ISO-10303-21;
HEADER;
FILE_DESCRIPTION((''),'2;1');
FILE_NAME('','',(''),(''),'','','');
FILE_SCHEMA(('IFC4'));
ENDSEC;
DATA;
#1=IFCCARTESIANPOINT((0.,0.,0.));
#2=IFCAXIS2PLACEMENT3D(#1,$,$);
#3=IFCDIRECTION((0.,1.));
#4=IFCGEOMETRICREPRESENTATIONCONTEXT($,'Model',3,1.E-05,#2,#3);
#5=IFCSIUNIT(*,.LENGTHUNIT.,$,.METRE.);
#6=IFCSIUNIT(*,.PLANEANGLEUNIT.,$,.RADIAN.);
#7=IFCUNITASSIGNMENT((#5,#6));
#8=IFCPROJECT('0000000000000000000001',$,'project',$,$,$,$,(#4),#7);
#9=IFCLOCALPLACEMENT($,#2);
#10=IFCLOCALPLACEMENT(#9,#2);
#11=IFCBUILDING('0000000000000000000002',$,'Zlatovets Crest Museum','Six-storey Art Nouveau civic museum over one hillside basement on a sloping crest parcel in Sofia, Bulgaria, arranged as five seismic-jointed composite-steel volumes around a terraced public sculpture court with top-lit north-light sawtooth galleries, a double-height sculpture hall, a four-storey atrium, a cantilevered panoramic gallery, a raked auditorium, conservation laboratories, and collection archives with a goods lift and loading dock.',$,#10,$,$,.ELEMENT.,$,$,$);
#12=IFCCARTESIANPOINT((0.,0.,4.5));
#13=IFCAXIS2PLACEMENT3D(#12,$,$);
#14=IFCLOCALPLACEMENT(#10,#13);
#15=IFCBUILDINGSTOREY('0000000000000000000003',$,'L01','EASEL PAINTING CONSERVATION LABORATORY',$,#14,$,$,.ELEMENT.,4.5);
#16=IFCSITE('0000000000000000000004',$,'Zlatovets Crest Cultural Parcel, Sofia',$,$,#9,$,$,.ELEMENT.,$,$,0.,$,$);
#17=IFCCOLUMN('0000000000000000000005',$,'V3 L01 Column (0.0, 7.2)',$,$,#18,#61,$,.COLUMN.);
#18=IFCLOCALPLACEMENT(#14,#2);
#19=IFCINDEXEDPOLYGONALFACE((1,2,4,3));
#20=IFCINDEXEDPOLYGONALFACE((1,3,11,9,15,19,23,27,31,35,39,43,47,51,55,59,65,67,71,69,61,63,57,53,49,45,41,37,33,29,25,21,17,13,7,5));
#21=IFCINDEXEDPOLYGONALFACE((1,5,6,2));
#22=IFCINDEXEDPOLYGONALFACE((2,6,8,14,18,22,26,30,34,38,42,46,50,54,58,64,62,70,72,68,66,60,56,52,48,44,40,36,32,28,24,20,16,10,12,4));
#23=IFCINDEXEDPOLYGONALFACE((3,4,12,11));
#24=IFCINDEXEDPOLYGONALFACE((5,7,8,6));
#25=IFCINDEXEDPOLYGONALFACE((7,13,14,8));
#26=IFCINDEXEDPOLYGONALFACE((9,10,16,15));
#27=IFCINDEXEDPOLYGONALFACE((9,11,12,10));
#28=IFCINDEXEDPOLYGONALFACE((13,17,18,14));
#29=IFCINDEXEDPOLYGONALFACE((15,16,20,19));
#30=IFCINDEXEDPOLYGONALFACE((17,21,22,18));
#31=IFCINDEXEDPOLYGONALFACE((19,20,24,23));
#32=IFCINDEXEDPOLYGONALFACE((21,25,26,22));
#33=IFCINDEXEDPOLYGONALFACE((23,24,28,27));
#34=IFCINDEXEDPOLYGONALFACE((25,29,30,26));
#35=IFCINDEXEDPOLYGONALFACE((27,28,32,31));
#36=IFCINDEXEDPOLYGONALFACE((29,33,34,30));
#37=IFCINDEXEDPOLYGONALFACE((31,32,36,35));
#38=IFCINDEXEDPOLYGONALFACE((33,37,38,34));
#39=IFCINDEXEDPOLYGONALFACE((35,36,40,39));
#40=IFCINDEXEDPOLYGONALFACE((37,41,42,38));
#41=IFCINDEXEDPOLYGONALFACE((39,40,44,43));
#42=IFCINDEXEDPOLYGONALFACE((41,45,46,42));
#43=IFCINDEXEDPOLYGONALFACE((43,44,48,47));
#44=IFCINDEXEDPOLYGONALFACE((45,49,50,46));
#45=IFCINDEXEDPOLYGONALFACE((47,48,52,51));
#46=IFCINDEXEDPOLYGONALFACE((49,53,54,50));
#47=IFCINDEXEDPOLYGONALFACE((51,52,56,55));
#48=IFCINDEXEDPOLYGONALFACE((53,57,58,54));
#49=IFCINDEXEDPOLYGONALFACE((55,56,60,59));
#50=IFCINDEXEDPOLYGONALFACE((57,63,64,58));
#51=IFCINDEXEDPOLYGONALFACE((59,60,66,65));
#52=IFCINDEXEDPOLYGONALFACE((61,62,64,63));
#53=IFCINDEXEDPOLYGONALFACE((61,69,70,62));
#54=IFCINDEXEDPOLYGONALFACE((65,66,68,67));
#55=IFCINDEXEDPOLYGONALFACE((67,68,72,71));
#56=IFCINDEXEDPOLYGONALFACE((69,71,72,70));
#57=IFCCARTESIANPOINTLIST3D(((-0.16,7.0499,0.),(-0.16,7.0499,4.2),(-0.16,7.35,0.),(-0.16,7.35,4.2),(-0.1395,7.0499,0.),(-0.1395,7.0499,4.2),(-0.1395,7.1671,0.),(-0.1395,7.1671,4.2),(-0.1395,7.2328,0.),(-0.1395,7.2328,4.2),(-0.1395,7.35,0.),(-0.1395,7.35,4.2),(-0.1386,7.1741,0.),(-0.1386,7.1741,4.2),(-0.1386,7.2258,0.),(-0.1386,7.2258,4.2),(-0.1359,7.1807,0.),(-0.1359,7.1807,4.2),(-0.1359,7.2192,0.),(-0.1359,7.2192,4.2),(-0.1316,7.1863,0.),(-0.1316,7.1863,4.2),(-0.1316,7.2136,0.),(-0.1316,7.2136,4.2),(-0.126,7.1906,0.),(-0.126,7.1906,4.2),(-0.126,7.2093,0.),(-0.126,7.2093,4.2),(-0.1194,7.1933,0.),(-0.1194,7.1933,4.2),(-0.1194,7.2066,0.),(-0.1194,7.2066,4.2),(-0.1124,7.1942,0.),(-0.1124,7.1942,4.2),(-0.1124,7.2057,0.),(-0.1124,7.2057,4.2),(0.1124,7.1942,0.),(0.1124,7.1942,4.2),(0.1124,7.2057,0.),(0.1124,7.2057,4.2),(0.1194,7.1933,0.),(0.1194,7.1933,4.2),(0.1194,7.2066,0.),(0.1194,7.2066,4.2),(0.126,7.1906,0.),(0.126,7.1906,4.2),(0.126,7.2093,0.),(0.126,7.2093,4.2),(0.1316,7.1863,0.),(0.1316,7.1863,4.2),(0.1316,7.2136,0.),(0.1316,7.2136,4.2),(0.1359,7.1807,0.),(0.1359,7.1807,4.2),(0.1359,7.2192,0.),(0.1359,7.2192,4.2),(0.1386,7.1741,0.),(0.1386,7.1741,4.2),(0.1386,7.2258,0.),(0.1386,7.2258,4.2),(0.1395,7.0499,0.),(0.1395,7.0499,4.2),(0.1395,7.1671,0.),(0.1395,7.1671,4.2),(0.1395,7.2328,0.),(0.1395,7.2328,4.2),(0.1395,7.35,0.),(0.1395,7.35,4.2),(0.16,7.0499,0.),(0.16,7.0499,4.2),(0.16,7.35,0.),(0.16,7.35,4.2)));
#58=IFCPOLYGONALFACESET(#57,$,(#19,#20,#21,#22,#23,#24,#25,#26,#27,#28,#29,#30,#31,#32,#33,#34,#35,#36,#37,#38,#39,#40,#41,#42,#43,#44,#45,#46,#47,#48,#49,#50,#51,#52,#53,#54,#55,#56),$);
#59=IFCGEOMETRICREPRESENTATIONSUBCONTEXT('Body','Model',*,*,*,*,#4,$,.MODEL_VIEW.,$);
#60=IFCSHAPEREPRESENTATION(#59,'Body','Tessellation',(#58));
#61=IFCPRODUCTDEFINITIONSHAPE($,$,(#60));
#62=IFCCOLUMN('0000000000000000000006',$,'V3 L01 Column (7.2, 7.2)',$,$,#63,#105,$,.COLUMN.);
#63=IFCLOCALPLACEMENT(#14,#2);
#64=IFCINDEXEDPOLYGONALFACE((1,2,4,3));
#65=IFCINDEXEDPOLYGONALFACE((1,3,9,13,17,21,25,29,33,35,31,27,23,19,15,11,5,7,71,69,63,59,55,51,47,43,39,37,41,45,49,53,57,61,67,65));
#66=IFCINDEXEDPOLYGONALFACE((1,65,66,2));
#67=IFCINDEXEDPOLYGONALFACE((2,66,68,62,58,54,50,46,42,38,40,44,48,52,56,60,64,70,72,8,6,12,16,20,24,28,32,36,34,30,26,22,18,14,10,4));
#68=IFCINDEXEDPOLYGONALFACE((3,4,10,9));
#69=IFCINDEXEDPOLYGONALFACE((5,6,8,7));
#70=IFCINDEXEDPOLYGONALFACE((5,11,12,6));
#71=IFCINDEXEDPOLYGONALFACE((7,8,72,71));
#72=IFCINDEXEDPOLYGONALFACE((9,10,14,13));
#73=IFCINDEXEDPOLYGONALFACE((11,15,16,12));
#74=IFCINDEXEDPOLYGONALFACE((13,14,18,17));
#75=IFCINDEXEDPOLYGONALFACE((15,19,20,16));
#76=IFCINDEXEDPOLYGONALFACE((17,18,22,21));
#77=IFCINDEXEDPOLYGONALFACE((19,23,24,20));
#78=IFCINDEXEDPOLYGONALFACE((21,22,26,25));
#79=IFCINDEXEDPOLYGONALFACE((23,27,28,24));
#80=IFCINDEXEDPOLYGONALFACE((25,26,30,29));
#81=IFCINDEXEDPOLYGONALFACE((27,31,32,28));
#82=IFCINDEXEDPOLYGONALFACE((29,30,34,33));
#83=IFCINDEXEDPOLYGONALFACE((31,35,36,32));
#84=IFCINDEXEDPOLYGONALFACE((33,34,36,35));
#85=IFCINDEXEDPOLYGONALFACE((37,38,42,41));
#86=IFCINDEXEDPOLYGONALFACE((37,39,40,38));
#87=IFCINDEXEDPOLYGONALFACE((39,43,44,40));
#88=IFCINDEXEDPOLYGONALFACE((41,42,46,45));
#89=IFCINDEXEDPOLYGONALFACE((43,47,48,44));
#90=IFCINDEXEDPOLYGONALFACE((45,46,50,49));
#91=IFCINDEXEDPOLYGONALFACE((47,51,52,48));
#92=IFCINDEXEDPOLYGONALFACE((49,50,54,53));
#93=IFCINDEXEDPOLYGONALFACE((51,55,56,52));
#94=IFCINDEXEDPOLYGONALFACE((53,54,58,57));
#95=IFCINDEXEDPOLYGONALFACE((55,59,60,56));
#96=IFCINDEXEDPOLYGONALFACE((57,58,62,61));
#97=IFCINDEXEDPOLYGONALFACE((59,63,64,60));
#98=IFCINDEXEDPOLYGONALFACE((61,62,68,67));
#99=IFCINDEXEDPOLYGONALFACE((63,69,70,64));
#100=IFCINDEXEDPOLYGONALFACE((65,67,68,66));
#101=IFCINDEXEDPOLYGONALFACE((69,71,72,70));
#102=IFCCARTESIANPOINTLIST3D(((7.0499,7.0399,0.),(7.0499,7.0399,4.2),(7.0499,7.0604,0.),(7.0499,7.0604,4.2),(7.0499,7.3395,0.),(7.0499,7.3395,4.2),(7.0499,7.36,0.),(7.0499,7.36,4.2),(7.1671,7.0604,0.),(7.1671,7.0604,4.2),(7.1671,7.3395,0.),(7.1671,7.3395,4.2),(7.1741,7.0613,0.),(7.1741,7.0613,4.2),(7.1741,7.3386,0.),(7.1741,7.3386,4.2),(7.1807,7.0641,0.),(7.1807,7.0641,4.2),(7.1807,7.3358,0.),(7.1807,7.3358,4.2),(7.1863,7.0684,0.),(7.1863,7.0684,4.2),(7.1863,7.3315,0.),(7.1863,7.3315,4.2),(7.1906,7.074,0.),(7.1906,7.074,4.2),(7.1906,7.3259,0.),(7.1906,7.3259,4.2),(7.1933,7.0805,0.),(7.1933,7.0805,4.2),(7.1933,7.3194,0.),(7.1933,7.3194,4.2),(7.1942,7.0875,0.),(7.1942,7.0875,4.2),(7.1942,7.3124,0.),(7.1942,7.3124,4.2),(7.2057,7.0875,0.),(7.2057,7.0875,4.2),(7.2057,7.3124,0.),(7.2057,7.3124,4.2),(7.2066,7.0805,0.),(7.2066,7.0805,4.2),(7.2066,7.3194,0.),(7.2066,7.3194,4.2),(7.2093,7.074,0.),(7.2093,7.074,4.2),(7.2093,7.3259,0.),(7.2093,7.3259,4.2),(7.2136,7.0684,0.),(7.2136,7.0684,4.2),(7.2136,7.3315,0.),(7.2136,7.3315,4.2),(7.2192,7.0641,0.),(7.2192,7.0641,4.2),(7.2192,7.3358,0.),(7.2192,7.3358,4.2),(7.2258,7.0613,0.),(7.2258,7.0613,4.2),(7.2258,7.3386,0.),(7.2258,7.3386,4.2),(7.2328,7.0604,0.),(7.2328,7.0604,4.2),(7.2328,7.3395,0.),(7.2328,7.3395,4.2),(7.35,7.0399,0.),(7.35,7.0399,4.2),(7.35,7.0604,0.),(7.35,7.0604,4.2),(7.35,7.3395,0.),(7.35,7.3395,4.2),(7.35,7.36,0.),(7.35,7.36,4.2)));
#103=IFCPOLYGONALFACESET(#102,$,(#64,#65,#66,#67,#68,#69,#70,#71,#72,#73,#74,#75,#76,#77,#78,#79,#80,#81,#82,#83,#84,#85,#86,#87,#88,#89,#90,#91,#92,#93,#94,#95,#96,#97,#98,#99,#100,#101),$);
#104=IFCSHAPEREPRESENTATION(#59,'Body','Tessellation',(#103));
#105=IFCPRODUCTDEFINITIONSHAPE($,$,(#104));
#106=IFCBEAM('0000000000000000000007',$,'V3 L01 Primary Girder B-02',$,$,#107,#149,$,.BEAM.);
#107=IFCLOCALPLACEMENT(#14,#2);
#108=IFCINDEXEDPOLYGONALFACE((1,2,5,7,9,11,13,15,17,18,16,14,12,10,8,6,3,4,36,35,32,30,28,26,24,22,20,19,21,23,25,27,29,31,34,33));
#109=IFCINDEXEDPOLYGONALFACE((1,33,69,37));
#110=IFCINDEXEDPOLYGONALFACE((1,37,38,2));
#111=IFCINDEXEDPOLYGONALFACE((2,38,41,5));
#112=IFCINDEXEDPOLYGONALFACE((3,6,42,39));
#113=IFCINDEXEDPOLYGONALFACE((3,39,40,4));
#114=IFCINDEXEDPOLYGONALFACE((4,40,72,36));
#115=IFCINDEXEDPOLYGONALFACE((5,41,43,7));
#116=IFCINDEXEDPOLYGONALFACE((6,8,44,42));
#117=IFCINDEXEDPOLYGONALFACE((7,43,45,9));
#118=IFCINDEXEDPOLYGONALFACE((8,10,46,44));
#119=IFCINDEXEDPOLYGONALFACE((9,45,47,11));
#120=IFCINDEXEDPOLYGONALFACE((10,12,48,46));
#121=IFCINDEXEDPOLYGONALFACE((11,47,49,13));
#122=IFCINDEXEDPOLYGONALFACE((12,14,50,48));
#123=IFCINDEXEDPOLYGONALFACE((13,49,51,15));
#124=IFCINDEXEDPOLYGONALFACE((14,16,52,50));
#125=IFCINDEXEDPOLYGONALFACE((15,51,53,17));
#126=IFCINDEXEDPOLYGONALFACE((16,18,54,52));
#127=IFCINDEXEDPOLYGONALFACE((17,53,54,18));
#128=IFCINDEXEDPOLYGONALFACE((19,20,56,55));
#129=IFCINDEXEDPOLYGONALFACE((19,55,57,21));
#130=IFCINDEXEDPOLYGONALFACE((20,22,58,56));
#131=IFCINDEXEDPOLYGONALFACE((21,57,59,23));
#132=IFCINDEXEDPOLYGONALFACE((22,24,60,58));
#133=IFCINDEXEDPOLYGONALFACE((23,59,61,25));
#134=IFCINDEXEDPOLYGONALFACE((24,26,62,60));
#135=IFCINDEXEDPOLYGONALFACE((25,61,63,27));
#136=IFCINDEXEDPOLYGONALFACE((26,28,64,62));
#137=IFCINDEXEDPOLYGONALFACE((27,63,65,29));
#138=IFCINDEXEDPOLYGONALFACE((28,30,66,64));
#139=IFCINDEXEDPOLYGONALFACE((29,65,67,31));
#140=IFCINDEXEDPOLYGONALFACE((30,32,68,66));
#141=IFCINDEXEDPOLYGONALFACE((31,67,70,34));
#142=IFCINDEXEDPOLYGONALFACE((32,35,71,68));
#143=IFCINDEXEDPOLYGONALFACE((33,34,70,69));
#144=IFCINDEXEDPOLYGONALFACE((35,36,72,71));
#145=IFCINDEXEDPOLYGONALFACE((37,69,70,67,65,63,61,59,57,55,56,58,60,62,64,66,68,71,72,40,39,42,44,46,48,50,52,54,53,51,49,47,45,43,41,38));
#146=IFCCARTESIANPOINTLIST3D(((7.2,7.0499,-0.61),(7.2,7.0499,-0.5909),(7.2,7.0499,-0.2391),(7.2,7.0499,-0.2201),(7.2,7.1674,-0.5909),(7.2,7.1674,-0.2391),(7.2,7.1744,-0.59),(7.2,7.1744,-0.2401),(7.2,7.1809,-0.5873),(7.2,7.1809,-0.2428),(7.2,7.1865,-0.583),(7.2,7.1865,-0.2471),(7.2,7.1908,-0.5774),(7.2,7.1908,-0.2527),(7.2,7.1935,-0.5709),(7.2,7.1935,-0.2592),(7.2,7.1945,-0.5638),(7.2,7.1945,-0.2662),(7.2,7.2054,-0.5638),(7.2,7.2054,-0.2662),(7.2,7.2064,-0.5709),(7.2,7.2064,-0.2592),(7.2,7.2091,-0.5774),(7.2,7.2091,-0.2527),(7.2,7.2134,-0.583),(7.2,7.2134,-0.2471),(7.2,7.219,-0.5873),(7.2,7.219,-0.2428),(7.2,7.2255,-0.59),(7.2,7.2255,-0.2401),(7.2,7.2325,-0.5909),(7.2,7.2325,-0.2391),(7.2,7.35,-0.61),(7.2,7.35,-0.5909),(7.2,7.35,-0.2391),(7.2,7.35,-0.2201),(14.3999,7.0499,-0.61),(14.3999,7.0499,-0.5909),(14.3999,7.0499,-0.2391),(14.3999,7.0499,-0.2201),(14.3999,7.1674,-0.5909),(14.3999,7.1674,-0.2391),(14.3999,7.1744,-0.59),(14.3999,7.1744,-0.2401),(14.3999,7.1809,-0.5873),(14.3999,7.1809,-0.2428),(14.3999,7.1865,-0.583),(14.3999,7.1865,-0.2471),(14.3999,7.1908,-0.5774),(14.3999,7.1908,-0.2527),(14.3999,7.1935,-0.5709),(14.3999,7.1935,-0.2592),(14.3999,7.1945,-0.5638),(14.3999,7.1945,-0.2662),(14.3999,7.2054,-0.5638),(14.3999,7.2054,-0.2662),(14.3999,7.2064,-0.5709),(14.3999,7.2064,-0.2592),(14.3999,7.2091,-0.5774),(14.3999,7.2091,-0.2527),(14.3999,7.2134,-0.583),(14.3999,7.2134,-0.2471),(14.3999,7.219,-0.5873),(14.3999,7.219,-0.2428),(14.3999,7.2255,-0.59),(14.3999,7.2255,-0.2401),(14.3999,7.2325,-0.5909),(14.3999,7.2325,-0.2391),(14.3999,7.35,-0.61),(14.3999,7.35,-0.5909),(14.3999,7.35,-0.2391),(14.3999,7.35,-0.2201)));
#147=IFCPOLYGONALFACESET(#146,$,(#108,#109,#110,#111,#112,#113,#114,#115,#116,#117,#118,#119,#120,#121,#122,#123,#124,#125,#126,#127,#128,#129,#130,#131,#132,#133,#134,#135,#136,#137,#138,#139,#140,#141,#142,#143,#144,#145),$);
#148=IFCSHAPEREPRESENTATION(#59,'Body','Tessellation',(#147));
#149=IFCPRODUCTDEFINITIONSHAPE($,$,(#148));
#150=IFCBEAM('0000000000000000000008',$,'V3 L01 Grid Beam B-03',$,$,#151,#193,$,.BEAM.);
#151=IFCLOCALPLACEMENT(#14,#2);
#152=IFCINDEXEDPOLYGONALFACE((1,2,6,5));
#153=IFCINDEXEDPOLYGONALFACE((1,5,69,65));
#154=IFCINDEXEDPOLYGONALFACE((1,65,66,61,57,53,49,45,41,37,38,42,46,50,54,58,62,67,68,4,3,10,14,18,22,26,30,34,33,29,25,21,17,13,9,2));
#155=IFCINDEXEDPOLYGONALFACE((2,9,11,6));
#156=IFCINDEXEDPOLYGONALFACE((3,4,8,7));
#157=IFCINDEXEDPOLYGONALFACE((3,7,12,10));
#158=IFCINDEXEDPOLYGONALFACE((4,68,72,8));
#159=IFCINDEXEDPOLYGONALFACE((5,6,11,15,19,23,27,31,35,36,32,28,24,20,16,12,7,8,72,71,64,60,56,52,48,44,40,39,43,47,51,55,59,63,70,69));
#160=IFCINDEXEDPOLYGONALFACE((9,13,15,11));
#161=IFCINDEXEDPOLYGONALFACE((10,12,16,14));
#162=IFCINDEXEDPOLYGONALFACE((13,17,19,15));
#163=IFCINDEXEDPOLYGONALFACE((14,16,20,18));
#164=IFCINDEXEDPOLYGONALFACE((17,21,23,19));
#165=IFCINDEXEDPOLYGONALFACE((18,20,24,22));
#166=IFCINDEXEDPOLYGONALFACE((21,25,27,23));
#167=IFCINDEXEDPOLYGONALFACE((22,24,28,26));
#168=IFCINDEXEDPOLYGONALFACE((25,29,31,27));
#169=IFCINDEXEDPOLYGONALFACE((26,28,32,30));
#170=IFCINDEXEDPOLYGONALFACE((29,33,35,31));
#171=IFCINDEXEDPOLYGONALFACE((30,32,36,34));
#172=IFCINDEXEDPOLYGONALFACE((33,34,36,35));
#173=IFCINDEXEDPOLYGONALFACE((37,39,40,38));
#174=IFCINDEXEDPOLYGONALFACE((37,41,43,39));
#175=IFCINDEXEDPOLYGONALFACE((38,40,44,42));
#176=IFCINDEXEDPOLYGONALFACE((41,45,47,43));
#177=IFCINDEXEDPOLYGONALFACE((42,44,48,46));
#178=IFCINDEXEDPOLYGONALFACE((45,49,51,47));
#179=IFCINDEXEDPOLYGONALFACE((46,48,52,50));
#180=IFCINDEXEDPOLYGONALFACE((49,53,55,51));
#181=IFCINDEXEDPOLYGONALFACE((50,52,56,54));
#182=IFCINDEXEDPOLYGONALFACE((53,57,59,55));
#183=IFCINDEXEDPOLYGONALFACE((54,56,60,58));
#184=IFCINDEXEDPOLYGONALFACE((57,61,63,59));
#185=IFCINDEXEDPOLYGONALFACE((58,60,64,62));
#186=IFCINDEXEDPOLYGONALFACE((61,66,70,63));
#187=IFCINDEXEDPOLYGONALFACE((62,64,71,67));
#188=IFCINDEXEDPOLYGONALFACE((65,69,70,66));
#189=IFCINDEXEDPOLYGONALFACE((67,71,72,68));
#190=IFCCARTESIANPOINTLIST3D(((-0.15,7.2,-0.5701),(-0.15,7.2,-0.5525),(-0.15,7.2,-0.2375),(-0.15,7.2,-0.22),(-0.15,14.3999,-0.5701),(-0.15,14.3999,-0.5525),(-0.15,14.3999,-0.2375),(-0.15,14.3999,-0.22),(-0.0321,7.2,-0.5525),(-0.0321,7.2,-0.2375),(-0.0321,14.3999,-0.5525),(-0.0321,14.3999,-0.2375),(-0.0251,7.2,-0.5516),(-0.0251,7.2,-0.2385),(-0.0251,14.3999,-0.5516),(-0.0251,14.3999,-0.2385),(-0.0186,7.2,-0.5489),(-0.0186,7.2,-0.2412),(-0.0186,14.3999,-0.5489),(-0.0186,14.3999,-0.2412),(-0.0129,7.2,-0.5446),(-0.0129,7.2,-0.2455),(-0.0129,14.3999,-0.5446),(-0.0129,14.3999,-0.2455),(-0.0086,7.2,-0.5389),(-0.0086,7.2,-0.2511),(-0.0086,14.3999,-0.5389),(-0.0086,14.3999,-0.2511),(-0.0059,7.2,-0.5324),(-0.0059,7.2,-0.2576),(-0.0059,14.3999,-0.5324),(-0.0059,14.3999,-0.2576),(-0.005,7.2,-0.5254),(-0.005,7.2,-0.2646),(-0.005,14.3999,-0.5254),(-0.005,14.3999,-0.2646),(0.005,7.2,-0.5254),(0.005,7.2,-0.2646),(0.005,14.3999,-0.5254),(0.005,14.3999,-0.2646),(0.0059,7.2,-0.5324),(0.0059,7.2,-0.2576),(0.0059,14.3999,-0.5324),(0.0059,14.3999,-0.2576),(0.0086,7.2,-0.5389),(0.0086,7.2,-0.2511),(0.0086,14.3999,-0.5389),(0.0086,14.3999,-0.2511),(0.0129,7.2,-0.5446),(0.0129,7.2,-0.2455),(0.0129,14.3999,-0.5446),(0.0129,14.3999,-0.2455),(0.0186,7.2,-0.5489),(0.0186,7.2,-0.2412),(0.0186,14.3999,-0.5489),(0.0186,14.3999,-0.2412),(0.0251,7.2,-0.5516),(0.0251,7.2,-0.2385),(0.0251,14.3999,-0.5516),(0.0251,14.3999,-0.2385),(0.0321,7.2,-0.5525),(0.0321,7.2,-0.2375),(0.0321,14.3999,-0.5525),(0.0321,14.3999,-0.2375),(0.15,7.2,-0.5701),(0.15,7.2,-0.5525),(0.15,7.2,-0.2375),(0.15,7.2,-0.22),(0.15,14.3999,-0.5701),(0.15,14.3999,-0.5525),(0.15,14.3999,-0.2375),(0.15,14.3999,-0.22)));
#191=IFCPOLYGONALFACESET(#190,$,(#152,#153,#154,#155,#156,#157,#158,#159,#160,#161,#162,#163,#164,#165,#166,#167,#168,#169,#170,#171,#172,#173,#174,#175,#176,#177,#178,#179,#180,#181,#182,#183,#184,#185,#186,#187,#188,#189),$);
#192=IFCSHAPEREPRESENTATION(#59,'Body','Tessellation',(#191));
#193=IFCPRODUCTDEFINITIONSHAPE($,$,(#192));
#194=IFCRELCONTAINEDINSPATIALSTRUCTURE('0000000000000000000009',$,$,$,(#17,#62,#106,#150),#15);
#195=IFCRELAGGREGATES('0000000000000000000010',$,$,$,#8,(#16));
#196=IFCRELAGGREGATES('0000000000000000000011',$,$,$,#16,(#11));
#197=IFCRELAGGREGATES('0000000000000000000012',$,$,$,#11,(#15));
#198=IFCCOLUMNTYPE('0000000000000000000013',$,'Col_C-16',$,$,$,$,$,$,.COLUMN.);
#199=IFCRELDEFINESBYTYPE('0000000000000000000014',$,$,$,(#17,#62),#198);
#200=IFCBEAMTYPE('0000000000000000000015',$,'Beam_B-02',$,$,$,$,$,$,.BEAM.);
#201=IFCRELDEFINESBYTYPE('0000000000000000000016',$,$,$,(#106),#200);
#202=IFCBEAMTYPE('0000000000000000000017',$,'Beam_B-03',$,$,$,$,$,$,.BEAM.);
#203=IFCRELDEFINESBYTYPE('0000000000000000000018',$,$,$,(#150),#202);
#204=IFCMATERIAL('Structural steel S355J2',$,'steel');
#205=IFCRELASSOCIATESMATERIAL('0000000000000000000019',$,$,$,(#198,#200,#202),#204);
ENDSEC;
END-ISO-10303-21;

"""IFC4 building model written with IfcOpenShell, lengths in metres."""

from ifc_helpers import new_model, si_unit, direction, frame, origin, origin_2d, place, context, subcontext, project, spatial, i_section, extrude, material, material_profile, profile_set, type_object, element, save


model = new_model("IFC4")

# Units and contexts
model_context = context("Model", 3, precision=1e-05, world=origin(), true_north=direction((0.0, 1.0)))
body_context = subcontext(model_context, "Body", "Model", "MODEL_VIEW")
ifc_project = project(units=[si_unit("LENGTHUNIT", "METRE"), si_unit("PLANEANGLEUNIT", "RADIAN")], contexts=[model_context])

# Site, building, storey
site_placement = place(None, origin())
site = spatial("IfcSite", under=ifc_project, at=site_placement, Name="Zlatovets Crest Cultural Parcel, Sofia", CompositionType="ELEMENT", RefElevation=0.0)
building_placement = place(site_placement, origin())
building = spatial("IfcBuilding", under=site, at=building_placement, Name="Zlatovets Crest Museum", Description="Six-storey Art Nouveau civic museum over one hillside basement on a sloping crest parcel in Sofia, Bulgaria, arranged as five seismic-jointed composite-steel volumes around a terraced public sculpture court with top-lit north-light sawtooth galleries, a double-height sculpture hall, a four-storey atrium, a cantilevered panoramic gallery, a raked auditorium, conservation laboratories, and collection archives with a goods lift and loading dock.", CompositionType="ELEMENT")
storey_placement = place(building_placement, frame((0.0, 0.0, 4.5)))
storey = spatial("IfcBuildingStorey", under=building, at=storey_placement, Name="L01", Description="EASEL PAINTING CONSERVATION LABORATORY", CompositionType="ELEMENT", Elevation=4.5)

# Columns
ifc_material_1 = material(Name="Structural steel S355J2", Category="steel")
ifc_material_profile_1 = material_profile(ifc_material_1, i_section(OverallWidth=0.3, OverallDepth=0.3201, WebThickness=0.0115, FlangeThickness=0.0205, FilletRadius=0.0271, at=origin_2d()), Name="HEB 320")
ifc_profile_set_1 = profile_set([ifc_material_profile_1], Name="Structural steel S355J2")
column_type = type_object("IfcColumnType", Name="Col_C-16", PredefinedType="COLUMN", material=ifc_profile_set_1)
for number, where, z_axis, x_axis, name in (
    (1, (0.0, 7.2, 0.0), (0.0, 0.0, 1.0), (0.0, 1.0, 0.0), "V3 L01 Column (0.0, 7.2)"),
    (2, (7.2, 7.2, 0.0), (0.0, 0.0, 1.0), (1.0, 0.0, 0.0), "V3 L01 Column (7.2, 7.2)"),
):
    element("IfcColumn", number, at=place(storey_placement, frame(where, z_axis=z_axis, x_axis=x_axis)), inside=storey, type_object=column_type, Name=name, PredefinedType="COLUMN", context=body_context, shape_type="SweptSolid", body=[
        extrude(i_section(OverallWidth=0.3, OverallDepth=0.3201, WebThickness=0.0115, FlangeThickness=0.0205, FilletRadius=0.0271, at=origin_2d()), origin(), (0.0, 0.0, 1.0), 4.2),
    ])

# Beams
ifc_material_profile_2 = material_profile(ifc_material_1, i_section(OverallWidth=0.3, OverallDepth=0.3899, WebThickness=0.011, FlangeThickness=0.019, FilletRadius=0.0271, at=origin_2d()), Name="HEA 400")
ifc_profile_set_2 = profile_set([ifc_material_profile_2], Name="Structural steel S355J2")
beam_type_1 = type_object("IfcBeamType", Name="Beam_B-02", PredefinedType="BEAM", material=ifc_profile_set_2)
beam_1_placement = place(storey_placement, frame((7.2, 7.2, -0.415), z_axis=(1.0, 0.0, 0.0), x_axis=(0.0, 1.0, 0.0)))
element("IfcBeam", 3, at=beam_1_placement, inside=storey, type_object=beam_type_1, Name="V3 L01 Primary Girder B-02", PredefinedType="BEAM", context=body_context, shape_type="SweptSolid", body=[
    extrude(i_section(OverallWidth=0.3, OverallDepth=0.3899, WebThickness=0.011, FlangeThickness=0.019, FilletRadius=0.0271, at=origin_2d()), origin(), (0.0, 0.0, 1.0), 7.2),
])
ifc_material_profile_3 = material_profile(ifc_material_1, i_section(OverallWidth=0.3, OverallDepth=0.3501, WebThickness=0.01, FlangeThickness=0.0176, FilletRadius=0.0271, at=origin_2d()), Name="HEA 360")
ifc_profile_set_3 = profile_set([ifc_material_profile_3], Name="Structural steel S355J2")
beam_type_2 = type_object("IfcBeamType", Name="Beam_B-03", PredefinedType="BEAM", material=ifc_profile_set_3)
beam_2_placement = place(storey_placement, frame((0.0, 7.2, -0.395), z_axis=(0.0, 1.0, 0.0), x_axis=(-1.0, 0.0, 0.0)))
element("IfcBeam", 4, at=beam_2_placement, inside=storey, type_object=beam_type_2, Name="V3 L01 Grid Beam B-03", PredefinedType="BEAM", context=body_context, shape_type="SweptSolid", body=[
    extrude(i_section(OverallWidth=0.3, OverallDepth=0.3501, WebThickness=0.01, FlangeThickness=0.0176, FilletRadius=0.0271, at=origin_2d()), origin(), (0.0, 0.0, 1.0), 7.2),
])

save(model, "model.ifc")
